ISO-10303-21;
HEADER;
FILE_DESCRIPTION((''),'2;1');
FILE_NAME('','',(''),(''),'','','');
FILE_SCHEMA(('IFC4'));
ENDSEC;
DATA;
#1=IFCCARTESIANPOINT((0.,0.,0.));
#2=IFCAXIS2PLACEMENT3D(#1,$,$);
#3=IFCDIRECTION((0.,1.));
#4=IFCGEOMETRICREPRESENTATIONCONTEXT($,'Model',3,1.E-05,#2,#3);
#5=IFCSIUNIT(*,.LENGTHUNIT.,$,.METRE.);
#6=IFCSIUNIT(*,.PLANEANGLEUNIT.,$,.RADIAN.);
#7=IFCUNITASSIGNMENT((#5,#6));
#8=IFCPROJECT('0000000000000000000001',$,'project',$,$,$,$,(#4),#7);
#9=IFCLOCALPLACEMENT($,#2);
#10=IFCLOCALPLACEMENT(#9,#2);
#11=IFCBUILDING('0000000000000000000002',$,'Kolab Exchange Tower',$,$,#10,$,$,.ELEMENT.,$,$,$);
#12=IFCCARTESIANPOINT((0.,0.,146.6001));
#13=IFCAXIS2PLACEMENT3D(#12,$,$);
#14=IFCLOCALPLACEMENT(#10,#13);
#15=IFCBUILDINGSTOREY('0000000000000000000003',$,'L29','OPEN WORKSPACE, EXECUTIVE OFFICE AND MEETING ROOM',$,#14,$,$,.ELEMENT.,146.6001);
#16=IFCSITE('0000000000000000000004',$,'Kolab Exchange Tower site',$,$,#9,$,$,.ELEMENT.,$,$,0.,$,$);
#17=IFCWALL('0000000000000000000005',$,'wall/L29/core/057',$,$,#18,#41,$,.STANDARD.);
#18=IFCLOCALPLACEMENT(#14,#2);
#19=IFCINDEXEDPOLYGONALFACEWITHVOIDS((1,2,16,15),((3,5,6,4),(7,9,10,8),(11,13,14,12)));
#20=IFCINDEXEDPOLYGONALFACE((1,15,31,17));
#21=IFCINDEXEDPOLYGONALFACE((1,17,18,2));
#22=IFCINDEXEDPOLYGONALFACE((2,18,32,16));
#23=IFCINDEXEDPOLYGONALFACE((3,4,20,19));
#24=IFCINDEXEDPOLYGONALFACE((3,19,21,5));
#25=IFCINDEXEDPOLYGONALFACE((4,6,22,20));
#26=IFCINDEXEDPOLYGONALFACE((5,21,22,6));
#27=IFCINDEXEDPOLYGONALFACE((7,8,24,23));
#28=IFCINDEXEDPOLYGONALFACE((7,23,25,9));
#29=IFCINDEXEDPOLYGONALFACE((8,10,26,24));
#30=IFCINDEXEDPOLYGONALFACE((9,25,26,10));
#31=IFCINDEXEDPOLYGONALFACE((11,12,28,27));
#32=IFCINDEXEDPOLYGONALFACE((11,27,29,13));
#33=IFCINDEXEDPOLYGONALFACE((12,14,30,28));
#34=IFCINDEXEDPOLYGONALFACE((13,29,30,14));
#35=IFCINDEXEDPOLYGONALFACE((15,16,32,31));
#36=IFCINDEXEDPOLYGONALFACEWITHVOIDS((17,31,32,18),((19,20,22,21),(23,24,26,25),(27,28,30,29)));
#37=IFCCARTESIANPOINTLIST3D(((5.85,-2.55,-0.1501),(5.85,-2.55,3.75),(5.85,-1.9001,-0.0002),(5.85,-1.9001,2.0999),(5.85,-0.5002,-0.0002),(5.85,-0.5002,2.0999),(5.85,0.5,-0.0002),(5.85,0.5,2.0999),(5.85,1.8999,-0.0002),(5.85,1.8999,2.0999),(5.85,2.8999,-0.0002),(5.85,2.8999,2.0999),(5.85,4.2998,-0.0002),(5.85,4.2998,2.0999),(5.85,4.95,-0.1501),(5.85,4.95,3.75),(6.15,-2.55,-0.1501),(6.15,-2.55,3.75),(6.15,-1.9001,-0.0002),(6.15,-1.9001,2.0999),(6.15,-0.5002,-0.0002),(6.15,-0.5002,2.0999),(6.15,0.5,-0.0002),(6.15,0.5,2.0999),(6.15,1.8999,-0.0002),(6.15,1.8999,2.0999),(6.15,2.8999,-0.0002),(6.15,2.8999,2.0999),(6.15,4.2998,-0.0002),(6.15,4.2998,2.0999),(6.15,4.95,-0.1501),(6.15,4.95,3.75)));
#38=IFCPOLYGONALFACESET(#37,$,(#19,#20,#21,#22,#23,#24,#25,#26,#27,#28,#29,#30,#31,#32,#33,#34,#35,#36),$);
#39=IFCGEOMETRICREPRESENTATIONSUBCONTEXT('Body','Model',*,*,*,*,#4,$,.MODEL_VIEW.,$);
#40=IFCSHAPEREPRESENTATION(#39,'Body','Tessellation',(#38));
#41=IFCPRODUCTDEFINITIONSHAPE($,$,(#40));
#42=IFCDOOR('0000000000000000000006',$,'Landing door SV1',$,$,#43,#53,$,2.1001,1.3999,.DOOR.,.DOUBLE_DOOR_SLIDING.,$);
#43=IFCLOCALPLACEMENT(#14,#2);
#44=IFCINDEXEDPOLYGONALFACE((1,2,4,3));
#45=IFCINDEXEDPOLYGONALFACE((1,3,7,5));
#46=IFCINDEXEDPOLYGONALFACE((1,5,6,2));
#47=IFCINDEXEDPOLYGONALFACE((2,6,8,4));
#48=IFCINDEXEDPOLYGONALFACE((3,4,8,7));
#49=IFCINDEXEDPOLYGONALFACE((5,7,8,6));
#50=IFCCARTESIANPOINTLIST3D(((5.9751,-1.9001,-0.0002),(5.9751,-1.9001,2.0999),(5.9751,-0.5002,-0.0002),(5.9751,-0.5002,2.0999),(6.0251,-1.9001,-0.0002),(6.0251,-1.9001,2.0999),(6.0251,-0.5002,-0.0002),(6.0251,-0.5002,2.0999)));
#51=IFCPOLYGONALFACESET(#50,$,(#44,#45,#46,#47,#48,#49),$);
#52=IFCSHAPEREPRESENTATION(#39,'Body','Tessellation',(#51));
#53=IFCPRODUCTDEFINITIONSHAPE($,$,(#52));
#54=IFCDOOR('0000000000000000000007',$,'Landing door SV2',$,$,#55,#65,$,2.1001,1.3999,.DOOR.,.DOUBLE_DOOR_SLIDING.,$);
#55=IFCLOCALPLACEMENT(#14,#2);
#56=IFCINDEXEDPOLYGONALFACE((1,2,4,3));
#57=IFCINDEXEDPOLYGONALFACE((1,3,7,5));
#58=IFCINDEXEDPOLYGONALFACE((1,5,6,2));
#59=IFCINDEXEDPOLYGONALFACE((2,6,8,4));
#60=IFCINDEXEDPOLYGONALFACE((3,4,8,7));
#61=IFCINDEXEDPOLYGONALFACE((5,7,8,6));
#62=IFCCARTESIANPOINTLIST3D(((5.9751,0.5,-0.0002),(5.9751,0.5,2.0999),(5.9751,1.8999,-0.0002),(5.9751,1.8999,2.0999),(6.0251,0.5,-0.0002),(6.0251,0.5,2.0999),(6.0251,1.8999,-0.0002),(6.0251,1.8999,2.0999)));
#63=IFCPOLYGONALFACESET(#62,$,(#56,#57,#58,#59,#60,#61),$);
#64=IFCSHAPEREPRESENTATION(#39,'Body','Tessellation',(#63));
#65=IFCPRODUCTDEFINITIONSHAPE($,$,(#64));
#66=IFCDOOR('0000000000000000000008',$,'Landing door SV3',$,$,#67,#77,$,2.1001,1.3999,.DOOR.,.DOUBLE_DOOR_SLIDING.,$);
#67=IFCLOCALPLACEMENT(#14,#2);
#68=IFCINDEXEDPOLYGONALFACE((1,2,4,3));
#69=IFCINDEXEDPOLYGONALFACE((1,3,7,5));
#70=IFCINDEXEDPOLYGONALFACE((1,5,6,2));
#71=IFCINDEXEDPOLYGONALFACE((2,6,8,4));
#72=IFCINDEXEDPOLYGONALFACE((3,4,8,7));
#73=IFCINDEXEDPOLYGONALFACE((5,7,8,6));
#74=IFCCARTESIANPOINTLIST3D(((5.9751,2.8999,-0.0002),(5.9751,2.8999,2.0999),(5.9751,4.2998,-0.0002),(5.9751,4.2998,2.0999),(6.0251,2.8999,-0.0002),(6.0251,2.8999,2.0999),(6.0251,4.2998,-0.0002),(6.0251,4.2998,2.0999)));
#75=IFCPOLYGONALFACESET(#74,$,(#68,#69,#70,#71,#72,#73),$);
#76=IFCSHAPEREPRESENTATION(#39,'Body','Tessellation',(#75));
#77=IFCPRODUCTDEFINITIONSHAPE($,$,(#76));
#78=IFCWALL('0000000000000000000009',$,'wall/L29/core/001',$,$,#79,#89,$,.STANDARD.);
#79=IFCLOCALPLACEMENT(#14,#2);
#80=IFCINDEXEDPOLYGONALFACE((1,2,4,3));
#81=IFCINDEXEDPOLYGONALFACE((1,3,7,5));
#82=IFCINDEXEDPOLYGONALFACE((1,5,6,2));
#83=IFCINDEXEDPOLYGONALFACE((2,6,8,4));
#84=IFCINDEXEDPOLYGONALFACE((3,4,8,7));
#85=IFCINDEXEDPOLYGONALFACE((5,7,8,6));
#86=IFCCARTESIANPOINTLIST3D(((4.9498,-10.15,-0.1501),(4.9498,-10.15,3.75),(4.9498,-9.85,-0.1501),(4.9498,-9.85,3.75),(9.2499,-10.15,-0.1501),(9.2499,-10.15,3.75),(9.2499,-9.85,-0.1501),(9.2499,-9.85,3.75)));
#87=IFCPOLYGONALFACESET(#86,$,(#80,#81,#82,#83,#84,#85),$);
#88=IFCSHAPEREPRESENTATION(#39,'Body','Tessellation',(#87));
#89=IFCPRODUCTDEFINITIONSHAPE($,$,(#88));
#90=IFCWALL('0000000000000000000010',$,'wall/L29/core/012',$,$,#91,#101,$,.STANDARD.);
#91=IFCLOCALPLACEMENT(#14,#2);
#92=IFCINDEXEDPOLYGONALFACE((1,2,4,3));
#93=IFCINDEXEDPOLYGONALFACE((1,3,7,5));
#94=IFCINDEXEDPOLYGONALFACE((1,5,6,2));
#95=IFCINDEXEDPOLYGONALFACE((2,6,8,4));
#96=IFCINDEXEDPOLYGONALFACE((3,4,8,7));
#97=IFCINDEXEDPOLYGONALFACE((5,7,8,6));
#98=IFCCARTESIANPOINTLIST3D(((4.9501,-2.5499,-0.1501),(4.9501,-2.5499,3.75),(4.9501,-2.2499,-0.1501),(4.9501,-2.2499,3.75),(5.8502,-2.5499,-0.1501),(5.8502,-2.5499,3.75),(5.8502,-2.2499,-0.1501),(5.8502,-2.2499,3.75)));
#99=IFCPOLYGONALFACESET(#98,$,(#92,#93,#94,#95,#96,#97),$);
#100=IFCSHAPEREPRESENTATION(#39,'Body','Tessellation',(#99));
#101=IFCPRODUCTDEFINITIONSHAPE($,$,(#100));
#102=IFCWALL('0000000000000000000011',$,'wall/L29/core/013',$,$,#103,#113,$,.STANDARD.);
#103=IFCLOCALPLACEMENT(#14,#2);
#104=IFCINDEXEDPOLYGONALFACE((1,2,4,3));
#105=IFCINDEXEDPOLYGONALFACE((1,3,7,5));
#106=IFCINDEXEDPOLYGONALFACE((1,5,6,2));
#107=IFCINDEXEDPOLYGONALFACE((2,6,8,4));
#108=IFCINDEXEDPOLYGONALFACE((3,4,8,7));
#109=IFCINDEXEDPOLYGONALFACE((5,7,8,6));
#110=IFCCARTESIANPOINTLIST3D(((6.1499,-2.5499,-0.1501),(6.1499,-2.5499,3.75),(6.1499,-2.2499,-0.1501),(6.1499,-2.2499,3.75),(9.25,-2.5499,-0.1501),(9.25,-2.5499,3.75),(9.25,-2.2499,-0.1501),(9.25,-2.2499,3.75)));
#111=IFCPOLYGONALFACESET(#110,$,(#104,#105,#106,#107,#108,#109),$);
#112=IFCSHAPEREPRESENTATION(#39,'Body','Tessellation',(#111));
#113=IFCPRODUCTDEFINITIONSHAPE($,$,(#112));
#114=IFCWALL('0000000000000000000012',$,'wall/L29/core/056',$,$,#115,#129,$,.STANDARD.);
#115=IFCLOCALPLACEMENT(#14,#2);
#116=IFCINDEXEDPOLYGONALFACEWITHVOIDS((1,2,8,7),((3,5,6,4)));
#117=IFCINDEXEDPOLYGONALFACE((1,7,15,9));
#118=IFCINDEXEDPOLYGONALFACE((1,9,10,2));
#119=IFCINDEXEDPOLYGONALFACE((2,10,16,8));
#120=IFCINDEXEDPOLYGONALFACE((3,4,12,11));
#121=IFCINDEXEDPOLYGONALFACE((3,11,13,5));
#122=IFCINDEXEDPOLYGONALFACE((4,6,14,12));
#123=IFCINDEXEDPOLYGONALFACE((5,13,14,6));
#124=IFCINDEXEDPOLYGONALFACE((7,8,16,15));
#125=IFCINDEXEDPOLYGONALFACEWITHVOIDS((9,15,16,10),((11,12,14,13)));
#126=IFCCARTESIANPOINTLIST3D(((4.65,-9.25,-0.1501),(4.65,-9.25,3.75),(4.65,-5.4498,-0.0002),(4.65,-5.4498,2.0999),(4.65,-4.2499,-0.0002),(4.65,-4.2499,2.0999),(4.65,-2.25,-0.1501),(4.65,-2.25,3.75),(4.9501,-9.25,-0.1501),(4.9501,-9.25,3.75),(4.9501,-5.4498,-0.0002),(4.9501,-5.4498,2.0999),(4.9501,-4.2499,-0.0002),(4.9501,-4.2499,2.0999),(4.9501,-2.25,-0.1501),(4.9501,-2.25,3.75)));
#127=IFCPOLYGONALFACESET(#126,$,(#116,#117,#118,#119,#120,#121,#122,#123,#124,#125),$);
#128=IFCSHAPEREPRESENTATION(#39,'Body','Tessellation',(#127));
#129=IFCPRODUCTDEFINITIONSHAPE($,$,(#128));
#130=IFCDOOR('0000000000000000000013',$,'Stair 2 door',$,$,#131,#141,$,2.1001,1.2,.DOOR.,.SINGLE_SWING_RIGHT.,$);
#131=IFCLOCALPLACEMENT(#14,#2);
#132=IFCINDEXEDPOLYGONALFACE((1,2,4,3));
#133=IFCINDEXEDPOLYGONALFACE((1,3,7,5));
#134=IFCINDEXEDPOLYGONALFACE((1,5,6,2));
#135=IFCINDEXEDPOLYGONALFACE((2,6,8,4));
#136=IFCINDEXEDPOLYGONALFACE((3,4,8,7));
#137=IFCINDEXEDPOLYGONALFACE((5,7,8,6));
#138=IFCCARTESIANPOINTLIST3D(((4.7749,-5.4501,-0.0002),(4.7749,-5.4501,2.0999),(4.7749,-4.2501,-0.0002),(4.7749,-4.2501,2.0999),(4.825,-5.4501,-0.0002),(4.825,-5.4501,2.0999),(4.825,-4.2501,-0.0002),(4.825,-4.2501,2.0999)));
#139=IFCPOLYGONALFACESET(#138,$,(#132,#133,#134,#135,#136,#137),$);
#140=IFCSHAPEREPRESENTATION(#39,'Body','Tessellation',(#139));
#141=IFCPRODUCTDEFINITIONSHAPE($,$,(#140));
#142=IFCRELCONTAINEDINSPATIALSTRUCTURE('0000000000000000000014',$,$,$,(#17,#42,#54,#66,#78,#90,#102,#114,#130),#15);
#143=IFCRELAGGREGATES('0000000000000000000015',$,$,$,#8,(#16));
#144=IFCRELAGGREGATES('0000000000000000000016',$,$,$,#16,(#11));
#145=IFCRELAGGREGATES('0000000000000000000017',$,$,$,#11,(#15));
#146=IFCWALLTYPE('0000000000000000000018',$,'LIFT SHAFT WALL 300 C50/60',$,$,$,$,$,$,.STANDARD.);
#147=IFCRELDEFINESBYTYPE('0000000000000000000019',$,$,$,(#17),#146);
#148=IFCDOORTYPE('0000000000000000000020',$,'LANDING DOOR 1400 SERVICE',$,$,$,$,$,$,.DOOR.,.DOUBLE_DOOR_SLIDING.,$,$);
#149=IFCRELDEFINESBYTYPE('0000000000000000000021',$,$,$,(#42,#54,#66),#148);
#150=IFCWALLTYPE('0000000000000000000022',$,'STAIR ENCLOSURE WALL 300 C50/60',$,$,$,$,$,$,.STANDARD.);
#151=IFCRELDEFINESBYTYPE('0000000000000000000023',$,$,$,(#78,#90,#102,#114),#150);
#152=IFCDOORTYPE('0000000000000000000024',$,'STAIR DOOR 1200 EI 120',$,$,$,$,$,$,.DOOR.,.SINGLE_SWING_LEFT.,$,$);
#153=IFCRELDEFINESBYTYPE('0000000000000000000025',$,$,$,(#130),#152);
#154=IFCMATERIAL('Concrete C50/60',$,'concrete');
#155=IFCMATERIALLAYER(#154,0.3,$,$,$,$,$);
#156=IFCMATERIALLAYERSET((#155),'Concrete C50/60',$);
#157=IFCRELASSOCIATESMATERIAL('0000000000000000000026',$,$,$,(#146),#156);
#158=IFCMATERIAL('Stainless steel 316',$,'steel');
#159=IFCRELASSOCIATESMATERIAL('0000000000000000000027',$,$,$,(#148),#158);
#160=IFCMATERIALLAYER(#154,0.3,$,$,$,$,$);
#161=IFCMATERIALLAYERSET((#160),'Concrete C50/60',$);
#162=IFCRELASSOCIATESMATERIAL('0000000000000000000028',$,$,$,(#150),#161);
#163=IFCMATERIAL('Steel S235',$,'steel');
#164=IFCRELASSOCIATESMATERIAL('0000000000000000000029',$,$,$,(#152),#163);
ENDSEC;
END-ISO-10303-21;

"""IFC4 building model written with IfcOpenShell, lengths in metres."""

from ifc_helpers import new_model, si_unit, direction, frame, frame_2d, origin, place, context, subcontext, project, spatial, rectangle, extrude, material, layer, layer_set, type_object, element, fill, save


model = new_model("IFC4")

# Units and contexts
model_context = context("Model", 3, precision=1e-05, world=origin(), true_north=direction((0.0, 1.0)))
body_context = subcontext(model_context, "Body", "Model", "MODEL_VIEW")
ifc_project = project(units=[si_unit("LENGTHUNIT", "METRE"), si_unit("PLANEANGLEUNIT", "RADIAN")], contexts=[model_context])

# Site, building, storey
site_placement = place(None, origin())
site = spatial("IfcSite", under=ifc_project, at=site_placement, Name="Kolab Exchange Tower site", CompositionType="ELEMENT", RefElevation=0.0)
building_placement = place(site_placement, origin())
building = spatial("IfcBuilding", under=site, at=building_placement, Name="Kolab Exchange Tower", CompositionType="ELEMENT")
storey_placement = place(building_placement, frame((0.0, 0.0, 146.6001)))
storey = spatial("IfcBuildingStorey", under=building, at=storey_placement, Name="L29", Description="OPEN WORKSPACE, EXECUTIVE OFFICE AND MEETING ROOM", CompositionType="ELEMENT", Elevation=146.6001)

# Shared definitions
ifc_material_1 = material(Name="Concrete C50/60", Category="concrete")
ifc_layer_1 = layer(ifc_material_1, 0.3)
ifc_layer_set_1 = layer_set([ifc_layer_1], Name="Concrete C50/60")
wall_type_1 = type_object("IfcWallType", Name="LIFT SHAFT WALL 300 C50/60", PredefinedType="STANDARD", material=ifc_layer_set_1)
ifc_material_2 = material(Name="Stainless steel 316", Category="steel")

# Wall, openings, doors
wall_1_placement = place(storey_placement, frame((6.0, -2.55, -0.1501), z_axis=(0.0, 0.0, 1.0), x_axis=(0.0, 1.0, 0.0)))
wall_1 = element("IfcWall", 1, at=wall_1_placement, inside=storey, type_object=wall_type_1, Name="wall/L29/core/057", PredefinedType="STANDARD", context=body_context, shape_type="SweptSolid", body=[
    extrude(rectangle(XDim=7.5, YDim=0.3, at=frame_2d((3.75, 0.0))), origin(), (0.0, 0.0, 1.0), 3.9001),
])
opening_1_placement = place(wall_1_placement, frame((0.6499, 0.0, 0.1499)))
opening_1 = element("IfcOpeningElement", 2, at=opening_1_placement, cuts=wall_1, PredefinedType="OPENING", context=body_context, shape_type="SweptSolid", body=[
    extrude(rectangle(XDim=1.3999, YDim=2.1001, at=frame_2d((0.7, 1.05))), frame((0.0, 0.1602, 0.0), z_axis=(0.0, -1.0, 0.0), x_axis=(1.0, 0.0, 0.0)), (0.0, 0.0, 1.0), 0.3201),
])
opening_2_placement = place(wall_1_placement, frame((3.05, 0.0, 0.1499)))
opening_2 = element("IfcOpeningElement", 3, at=opening_2_placement, cuts=wall_1, PredefinedType="OPENING", context=body_context, shape_type="SweptSolid", body=[
    extrude(rectangle(XDim=1.3999, YDim=2.1001, at=frame_2d((0.7, 1.05))), frame((0.0, 0.1602, 0.0), z_axis=(0.0, -1.0, 0.0), x_axis=(1.0, 0.0, 0.0)), (0.0, 0.0, 1.0), 0.3201),
])
opening_3_placement = place(wall_1_placement, frame((5.45, 0.0, 0.1499)))
opening_3 = element("IfcOpeningElement", 4, at=opening_3_placement, cuts=wall_1, PredefinedType="OPENING", context=body_context, shape_type="SweptSolid", body=[
    extrude(rectangle(XDim=1.3999, YDim=2.1001, at=frame_2d((0.7, 1.05))), frame((0.0, 0.1602, 0.0), z_axis=(0.0, -1.0, 0.0), x_axis=(1.0, 0.0, 0.0)), (0.0, 0.0, 1.0), 0.3201),
])
door_type_1 = type_object("IfcDoorType", Name="LANDING DOOR 1400 SERVICE", OperationType="DOUBLE_DOOR_SLIDING", PredefinedType="DOOR", material=ifc_material_2)
door_1_placement = place(opening_1_placement, origin())
door_1 = element("IfcDoor", 5, at=door_1_placement, inside=storey, type_object=door_type_1, Name="Landing door SV1", OperationType="DOUBLE_DOOR_SLIDING", OverallHeight=2.1001, OverallWidth=1.3999, PredefinedType="DOOR", context=body_context, shape_type="SweptSolid", body=[
    extrude(rectangle(XDim=1.3999, YDim=2.1001, at=frame_2d((0.7, 1.05))), frame((0.0, 0.0249, 0.0), z_axis=(0.0, -1.0, 0.0), x_axis=(1.0, 0.0, 0.0)), (0.0, 0.0, 1.0), 0.05),
])
fill(opening_1, door_1)
door_2_placement = place(opening_2_placement, origin())
door_2 = element("IfcDoor", 6, at=door_2_placement, inside=storey, type_object=door_type_1, Name="Landing door SV2", OperationType="DOUBLE_DOOR_SLIDING", OverallHeight=2.1001, OverallWidth=1.3999, PredefinedType="DOOR", context=body_context, shape_type="SweptSolid", body=[
    extrude(rectangle(XDim=1.3999, YDim=2.1001, at=frame_2d((0.7, 1.05))), frame((0.0, 0.0249, 0.0), z_axis=(0.0, -1.0, 0.0), x_axis=(1.0, 0.0, 0.0)), (0.0, 0.0, 1.0), 0.05),
])
fill(opening_2, door_2)
door_3_placement = place(opening_3_placement, origin())
door_3 = element("IfcDoor", 7, at=door_3_placement, inside=storey, type_object=door_type_1, Name="Landing door SV3", OperationType="DOUBLE_DOOR_SLIDING", OverallHeight=2.1001, OverallWidth=1.3999, PredefinedType="DOOR", context=body_context, shape_type="SweptSolid", body=[
    extrude(rectangle(XDim=1.3999, YDim=2.1001, at=frame_2d((0.7, 1.05))), frame((0.0, 0.0249, 0.0), z_axis=(0.0, -1.0, 0.0), x_axis=(1.0, 0.0, 0.0)), (0.0, 0.0, 1.0), 0.05),
])
fill(opening_3, door_3)

# Walls
ifc_layer_2 = layer(ifc_material_1, 0.3)
ifc_layer_set_2 = layer_set([ifc_layer_2], Name="Concrete C50/60")
wall_type_2 = type_object("IfcWallType", Name="STAIR ENCLOSURE WALL 300 C50/60", PredefinedType="STANDARD", material=ifc_layer_set_2)
wall_2_placement = place(storey_placement, frame((4.95, -10.0, -0.1501), z_axis=(0.0, 0.0, 1.0), x_axis=(1.0, 0.0, 0.0)))
element("IfcWall", 8, at=wall_2_placement, inside=storey, type_object=wall_type_2, Name="wall/L29/core/001", PredefinedType="STANDARD", context=body_context, shape_type="SweptSolid", body=[
    extrude(rectangle(XDim=4.3, YDim=0.3, at=frame_2d((2.1499, 0.0))), origin(), (0.0, 0.0, 1.0), 3.9001),
])
wall_3_placement = place(storey_placement, frame((4.95, -2.3999, -0.1501), z_axis=(0.0, 0.0, 1.0), x_axis=(1.0, 0.0, 0.0)))
element("IfcWall", 9, at=wall_3_placement, inside=storey, type_object=wall_type_2, Name="wall/L29/core/012", PredefinedType="STANDARD", context=body_context, shape_type="SweptSolid", body=[
    extrude(rectangle(XDim=0.9001, YDim=0.3, at=frame_2d((0.4502, 0.0))), origin(), (0.0, 0.0, 1.0), 3.9001),
])
wall_4_placement = place(storey_placement, frame((6.1499, -2.3999, -0.1501), z_axis=(0.0, 0.0, 1.0), x_axis=(1.0, 0.0, 0.0)))
element("IfcWall", 10, at=wall_4_placement, inside=storey, type_object=wall_type_2, Name="wall/L29/core/013", PredefinedType="STANDARD", context=body_context, shape_type="SweptSolid", body=[
    extrude(rectangle(XDim=3.1001, YDim=0.3, at=frame_2d((1.55, 0.0))), origin(), (0.0, 0.0, 1.0), 3.9001),
])

# Wall, opening, door
wall_5_placement = place(storey_placement, frame((4.8, -9.25, -0.1501), z_axis=(0.0, 0.0, 1.0), x_axis=(0.0, 1.0, 0.0)))
wall_5 = element("IfcWall", 11, at=wall_5_placement, inside=storey, type_object=wall_type_2, Name="wall/L29/core/056", PredefinedType="STANDARD", context=body_context, shape_type="SweptSolid", body=[
    extrude(rectangle(XDim=7.0, YDim=0.3, at=frame_2d((3.5, 0.0))), origin(), (0.0, 0.0, 1.0), 3.9001),
])
opening_4_placement = place(wall_5_placement, frame((3.8, 0.0, 0.1499)))
opening_4 = element("IfcOpeningElement", 12, at=opening_4_placement, cuts=wall_5, PredefinedType="OPENING", context=body_context, shape_type="SweptSolid", body=[
    extrude(rectangle(XDim=1.2, YDim=2.1001, at=frame_2d((0.6001, 1.05))), frame((0.0, 0.1602, 0.0), z_axis=(0.0, -1.0, 0.0), x_axis=(1.0, 0.0, 0.0)), (0.0, 0.0, 1.0), 0.3201),
])
ifc_material_3 = material(Name="Steel S235", Category="steel")
door_type_2 = type_object("IfcDoorType", Name="STAIR DOOR 1200 EI 120", OperationType="SINGLE_SWING_LEFT", PredefinedType="DOOR", material=ifc_material_3)
door_4_placement = place(opening_4_placement, frame((1.2, 0.0, 0.0), z_axis=(0.0, 0.0, 1.0), x_axis=(-1.0, 0.0, 0.0)))
door_4 = element("IfcDoor", 13, at=door_4_placement, inside=storey, type_object=door_type_2, Name="Stair 2 door", OperationType="SINGLE_SWING_RIGHT", OverallHeight=2.1001, OverallWidth=1.2, PredefinedType="DOOR", context=body_context, shape_type="SweptSolid", body=[
    extrude(rectangle(XDim=1.2, YDim=2.1001, at=frame_2d((0.6001, 1.05))), frame((0.0, 0.0249, 0.0), z_axis=(0.0, -1.0, 0.0), x_axis=(1.0, 0.0, 0.0)), (0.0, 0.0, 1.0), 0.05),
])
fill(opening_4, door_4)

save(model, "model.ifc")
